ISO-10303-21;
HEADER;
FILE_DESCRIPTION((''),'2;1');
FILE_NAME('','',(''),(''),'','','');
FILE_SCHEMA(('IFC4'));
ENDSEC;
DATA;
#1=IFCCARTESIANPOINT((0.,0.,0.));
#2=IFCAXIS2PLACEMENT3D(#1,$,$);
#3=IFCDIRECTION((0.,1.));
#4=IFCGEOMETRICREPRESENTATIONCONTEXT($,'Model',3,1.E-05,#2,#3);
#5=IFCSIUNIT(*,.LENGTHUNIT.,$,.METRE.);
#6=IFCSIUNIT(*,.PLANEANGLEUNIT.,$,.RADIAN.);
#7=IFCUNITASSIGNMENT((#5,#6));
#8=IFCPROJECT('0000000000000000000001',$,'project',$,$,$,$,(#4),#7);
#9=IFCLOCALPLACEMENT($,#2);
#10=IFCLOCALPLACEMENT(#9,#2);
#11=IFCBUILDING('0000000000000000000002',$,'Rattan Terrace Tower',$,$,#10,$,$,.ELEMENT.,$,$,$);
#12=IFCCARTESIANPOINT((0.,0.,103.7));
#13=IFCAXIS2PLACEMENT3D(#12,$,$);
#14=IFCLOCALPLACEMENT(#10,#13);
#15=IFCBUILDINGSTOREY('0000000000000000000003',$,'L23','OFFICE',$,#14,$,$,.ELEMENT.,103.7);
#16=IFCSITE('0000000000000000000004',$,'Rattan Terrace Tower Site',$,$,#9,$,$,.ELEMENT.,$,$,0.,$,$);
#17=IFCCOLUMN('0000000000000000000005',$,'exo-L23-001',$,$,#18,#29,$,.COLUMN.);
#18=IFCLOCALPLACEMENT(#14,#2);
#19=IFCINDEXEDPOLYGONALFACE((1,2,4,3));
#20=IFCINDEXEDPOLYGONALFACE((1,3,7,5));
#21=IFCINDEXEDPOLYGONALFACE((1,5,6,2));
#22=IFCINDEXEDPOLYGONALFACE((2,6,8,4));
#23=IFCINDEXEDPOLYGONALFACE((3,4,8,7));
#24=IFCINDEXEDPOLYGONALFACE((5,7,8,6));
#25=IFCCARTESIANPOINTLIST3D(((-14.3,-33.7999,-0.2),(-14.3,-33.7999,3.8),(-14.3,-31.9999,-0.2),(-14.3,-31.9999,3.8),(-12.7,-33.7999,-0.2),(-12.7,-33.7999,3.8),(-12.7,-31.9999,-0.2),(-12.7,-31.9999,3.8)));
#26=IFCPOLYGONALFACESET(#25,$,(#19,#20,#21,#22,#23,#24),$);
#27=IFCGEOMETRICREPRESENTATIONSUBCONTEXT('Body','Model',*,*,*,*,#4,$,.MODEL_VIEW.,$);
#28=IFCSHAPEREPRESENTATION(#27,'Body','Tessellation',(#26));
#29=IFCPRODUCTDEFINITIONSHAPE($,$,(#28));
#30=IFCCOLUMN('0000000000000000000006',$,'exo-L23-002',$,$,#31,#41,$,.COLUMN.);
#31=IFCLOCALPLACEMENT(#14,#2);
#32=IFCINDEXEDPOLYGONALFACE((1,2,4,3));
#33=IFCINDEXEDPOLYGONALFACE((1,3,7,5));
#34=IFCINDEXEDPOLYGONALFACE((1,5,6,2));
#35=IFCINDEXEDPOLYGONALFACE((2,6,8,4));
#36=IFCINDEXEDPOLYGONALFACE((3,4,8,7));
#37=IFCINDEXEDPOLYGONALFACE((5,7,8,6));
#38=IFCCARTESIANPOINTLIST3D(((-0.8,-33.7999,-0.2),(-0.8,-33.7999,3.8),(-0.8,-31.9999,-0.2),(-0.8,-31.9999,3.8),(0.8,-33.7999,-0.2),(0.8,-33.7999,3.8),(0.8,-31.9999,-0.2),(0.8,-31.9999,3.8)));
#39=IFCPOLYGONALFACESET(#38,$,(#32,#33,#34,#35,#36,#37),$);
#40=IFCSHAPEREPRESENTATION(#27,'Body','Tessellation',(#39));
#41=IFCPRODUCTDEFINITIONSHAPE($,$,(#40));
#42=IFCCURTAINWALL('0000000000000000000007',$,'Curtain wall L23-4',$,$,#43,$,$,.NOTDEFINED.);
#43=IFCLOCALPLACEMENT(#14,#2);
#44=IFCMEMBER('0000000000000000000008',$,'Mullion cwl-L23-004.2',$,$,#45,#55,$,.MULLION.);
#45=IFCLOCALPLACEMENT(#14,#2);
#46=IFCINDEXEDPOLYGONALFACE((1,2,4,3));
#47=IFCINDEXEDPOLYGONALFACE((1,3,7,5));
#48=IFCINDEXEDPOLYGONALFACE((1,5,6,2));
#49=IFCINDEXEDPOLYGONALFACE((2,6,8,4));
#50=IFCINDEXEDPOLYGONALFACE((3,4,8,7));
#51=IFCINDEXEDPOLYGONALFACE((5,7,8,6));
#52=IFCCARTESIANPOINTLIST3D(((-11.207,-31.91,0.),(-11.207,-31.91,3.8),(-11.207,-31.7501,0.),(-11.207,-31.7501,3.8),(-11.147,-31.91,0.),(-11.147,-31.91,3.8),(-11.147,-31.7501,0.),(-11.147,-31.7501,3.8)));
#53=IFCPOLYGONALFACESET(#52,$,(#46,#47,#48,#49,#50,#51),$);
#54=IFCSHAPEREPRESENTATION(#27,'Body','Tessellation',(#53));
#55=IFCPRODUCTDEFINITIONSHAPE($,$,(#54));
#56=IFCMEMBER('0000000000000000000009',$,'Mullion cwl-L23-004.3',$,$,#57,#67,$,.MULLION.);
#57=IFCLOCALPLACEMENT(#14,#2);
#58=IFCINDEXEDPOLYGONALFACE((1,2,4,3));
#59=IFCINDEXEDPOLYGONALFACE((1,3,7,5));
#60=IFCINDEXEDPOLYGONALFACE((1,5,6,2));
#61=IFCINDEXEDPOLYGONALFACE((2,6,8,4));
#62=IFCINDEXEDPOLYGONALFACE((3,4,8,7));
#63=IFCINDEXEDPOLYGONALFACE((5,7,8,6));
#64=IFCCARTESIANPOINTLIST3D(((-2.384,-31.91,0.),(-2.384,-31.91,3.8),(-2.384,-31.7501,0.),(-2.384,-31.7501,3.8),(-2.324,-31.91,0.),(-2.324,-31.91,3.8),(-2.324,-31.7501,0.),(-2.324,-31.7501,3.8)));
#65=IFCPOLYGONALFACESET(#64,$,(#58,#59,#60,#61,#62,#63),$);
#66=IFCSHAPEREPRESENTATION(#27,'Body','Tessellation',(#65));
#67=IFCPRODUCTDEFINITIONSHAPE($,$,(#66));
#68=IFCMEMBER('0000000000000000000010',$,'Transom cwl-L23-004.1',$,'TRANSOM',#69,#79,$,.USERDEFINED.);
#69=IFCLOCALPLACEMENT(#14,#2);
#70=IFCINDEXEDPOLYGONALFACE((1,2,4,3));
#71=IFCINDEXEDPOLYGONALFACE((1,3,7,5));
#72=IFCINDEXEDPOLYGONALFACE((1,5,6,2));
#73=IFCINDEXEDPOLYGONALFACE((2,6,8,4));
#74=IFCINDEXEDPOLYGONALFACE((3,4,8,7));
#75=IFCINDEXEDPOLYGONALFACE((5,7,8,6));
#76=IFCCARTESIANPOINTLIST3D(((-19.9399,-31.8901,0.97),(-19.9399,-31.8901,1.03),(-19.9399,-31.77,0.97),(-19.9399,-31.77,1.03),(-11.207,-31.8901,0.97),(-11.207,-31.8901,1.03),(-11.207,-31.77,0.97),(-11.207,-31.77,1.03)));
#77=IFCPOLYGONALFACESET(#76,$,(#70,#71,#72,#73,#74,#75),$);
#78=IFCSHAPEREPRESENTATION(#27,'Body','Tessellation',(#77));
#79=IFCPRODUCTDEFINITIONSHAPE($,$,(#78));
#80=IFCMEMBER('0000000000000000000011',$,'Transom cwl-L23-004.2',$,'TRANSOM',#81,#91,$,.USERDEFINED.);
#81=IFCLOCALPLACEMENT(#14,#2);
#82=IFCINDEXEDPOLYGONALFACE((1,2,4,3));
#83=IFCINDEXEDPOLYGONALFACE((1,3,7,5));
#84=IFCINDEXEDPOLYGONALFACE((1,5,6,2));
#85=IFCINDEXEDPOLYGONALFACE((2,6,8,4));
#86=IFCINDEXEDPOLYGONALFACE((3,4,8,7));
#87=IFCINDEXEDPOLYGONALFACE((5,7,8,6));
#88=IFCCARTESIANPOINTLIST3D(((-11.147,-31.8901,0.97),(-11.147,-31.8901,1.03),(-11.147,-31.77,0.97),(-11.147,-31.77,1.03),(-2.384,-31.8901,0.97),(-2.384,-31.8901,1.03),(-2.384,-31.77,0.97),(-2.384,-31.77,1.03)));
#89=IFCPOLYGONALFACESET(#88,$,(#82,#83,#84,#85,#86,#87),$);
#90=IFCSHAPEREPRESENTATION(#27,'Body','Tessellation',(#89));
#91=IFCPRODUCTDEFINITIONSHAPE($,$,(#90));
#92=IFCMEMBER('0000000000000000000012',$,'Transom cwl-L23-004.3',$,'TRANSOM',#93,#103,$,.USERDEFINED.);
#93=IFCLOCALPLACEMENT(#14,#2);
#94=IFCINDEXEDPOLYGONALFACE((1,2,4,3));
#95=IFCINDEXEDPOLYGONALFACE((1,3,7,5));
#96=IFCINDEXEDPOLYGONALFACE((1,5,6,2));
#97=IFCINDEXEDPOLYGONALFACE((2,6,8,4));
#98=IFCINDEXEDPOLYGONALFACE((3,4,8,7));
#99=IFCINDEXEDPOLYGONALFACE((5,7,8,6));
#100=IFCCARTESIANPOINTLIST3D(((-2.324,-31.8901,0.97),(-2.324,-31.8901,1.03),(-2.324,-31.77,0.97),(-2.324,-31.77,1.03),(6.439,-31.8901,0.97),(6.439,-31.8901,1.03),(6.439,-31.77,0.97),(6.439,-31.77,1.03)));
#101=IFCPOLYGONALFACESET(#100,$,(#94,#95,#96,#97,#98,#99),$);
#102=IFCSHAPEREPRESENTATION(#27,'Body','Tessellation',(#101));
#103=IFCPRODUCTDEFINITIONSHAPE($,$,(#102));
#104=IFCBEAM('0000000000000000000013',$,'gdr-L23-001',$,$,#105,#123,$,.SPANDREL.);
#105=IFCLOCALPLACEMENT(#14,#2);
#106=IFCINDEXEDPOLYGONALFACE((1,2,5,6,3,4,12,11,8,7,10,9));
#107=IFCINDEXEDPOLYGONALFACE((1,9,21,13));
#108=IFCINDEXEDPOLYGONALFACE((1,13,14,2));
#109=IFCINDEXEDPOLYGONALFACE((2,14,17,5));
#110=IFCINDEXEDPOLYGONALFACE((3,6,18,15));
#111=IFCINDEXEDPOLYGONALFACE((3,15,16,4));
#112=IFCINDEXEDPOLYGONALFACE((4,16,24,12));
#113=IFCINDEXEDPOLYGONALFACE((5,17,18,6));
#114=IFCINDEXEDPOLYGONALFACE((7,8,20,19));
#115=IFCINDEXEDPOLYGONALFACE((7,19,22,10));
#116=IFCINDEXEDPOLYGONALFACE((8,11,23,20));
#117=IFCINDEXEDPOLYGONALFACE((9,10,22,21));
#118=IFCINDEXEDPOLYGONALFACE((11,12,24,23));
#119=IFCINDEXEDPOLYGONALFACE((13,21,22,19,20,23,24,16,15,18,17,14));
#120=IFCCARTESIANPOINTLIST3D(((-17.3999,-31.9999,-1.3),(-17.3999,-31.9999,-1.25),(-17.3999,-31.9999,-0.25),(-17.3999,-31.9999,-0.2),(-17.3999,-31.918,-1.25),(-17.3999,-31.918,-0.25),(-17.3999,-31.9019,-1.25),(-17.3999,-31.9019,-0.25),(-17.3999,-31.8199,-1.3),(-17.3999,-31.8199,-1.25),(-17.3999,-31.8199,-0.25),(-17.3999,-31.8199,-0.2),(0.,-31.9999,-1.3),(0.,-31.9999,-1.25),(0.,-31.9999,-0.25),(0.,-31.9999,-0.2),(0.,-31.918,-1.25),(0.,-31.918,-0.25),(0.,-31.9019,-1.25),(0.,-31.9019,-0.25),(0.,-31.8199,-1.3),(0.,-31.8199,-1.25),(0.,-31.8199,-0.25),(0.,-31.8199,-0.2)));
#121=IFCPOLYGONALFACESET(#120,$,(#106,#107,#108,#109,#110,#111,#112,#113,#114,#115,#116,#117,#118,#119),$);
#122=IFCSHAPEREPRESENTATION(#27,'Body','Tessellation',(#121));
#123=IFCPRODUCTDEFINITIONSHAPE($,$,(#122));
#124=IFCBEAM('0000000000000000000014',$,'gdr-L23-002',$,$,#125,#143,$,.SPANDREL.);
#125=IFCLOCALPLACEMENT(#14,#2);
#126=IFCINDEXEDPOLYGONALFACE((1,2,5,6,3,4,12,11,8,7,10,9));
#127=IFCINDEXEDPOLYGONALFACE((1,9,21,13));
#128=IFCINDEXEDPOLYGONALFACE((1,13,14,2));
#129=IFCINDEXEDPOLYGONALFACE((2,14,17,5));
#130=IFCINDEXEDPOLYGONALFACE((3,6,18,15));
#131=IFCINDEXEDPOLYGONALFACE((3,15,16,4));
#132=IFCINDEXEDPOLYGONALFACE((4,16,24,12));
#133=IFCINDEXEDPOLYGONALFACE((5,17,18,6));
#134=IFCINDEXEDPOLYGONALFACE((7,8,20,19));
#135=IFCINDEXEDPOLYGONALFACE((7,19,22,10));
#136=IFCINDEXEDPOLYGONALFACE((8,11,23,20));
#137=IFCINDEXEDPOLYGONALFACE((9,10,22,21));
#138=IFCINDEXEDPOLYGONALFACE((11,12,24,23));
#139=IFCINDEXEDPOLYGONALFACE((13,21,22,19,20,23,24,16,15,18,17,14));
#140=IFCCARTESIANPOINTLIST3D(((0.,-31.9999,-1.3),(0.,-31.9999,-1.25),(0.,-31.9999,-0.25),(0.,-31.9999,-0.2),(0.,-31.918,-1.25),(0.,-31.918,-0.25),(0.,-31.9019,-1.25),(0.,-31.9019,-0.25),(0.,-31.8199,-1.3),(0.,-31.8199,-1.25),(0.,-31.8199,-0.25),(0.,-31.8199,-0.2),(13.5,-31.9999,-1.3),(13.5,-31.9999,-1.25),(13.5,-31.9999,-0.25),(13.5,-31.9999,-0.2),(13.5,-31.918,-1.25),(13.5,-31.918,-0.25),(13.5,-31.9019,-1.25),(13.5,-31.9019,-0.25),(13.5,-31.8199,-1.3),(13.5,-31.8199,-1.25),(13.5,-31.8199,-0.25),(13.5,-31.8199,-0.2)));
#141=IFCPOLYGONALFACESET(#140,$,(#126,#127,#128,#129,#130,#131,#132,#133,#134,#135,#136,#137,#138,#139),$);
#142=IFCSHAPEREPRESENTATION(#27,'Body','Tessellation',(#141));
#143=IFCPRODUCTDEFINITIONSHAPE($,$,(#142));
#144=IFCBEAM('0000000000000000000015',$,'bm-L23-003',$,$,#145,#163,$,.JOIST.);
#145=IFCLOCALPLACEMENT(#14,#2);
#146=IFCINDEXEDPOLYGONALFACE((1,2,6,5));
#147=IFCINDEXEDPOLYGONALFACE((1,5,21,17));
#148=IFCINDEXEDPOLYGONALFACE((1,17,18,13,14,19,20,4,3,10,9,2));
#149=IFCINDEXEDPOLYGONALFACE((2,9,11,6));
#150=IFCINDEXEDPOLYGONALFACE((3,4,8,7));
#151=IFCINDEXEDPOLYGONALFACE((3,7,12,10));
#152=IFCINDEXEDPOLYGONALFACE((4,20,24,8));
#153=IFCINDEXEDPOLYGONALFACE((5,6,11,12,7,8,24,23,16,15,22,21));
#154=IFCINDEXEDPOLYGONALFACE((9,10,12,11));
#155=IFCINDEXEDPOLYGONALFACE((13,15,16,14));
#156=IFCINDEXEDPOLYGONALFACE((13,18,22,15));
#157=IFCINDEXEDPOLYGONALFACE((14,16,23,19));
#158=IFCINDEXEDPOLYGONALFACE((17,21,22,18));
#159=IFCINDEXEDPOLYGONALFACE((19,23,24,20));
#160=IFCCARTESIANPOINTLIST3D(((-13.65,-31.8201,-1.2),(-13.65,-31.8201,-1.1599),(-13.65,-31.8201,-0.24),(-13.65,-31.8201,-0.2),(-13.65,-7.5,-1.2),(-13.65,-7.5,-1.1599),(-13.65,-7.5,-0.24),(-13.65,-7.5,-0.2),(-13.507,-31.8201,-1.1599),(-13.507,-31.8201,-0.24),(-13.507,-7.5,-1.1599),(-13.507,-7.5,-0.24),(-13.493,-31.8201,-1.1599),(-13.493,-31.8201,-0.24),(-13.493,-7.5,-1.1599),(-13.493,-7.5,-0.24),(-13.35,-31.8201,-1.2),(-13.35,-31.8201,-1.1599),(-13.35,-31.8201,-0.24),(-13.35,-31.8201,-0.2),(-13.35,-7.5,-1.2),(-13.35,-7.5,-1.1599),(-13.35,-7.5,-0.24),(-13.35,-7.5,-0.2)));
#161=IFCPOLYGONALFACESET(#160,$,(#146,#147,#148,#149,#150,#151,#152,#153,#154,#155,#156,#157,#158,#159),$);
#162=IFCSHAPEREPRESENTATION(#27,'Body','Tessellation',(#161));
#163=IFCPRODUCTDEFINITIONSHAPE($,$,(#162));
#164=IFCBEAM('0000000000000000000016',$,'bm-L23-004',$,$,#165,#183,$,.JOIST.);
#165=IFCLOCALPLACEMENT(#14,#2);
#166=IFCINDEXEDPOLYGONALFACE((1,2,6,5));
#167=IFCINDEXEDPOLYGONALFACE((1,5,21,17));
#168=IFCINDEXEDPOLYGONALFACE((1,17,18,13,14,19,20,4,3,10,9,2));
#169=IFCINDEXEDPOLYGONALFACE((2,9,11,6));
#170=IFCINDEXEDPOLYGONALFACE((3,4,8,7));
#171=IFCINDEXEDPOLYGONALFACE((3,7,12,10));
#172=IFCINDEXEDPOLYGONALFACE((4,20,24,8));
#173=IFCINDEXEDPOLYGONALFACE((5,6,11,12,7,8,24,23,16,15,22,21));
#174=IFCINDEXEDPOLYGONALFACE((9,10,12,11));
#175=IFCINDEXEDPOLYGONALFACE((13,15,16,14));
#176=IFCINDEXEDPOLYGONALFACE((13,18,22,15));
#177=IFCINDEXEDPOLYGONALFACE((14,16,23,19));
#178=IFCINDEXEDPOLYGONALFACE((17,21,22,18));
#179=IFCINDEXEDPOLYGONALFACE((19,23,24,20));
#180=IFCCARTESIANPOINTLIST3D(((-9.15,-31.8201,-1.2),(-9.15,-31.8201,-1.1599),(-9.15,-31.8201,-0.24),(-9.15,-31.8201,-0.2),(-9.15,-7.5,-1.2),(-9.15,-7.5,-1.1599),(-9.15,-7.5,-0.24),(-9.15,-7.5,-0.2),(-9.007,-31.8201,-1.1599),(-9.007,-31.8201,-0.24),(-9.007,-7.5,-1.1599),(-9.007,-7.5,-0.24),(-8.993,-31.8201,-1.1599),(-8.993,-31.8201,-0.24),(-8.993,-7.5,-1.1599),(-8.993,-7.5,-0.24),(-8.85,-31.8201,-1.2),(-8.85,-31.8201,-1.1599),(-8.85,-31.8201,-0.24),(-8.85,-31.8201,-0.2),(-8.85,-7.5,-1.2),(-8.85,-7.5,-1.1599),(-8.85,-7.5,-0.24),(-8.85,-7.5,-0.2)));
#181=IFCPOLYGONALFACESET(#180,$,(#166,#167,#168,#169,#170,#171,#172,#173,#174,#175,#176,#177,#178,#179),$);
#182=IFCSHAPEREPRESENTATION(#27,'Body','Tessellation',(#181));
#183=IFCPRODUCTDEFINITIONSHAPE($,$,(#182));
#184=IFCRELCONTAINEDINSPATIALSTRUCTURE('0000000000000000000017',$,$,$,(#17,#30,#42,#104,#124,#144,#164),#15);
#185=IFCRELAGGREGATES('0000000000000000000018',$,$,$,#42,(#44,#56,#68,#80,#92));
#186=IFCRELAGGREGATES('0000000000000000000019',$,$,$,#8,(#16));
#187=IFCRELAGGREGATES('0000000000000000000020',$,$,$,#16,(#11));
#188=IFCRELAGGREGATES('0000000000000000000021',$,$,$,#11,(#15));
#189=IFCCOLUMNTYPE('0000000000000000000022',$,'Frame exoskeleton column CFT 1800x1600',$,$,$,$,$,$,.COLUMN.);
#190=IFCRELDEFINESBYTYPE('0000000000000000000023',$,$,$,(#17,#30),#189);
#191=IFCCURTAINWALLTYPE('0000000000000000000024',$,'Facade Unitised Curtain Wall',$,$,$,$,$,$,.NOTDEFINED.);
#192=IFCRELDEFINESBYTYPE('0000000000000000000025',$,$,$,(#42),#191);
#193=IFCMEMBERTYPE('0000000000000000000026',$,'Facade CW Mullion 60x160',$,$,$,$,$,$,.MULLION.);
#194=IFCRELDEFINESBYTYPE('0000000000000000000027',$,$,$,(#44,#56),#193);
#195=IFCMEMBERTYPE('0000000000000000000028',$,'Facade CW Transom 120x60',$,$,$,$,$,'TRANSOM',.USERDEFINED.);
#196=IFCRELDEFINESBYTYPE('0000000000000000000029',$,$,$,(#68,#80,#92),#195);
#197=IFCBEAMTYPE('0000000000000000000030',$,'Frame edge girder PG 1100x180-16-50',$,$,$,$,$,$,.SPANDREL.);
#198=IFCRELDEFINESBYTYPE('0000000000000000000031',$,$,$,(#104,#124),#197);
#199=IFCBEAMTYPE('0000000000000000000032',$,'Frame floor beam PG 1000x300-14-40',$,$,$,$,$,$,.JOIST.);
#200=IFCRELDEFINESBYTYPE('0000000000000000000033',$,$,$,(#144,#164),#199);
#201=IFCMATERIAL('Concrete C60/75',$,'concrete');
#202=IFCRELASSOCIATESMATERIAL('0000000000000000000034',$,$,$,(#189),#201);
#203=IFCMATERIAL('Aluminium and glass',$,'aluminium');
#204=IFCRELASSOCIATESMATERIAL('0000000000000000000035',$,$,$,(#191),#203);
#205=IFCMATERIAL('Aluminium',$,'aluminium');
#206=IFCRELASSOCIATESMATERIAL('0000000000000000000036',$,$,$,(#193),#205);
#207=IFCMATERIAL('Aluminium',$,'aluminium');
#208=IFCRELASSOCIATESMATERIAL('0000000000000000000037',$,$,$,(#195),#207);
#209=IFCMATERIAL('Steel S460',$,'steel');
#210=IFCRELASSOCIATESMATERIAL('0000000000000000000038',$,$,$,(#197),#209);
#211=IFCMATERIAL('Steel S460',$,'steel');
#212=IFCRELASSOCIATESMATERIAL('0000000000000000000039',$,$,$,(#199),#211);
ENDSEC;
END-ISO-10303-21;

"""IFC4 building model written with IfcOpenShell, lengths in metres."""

from ifc_helpers import new_model, si_unit, direction, frame, origin, origin_2d, place, context, subcontext, project, spatial, rectangle, i_section, extrude, material, material_profile, profile_set, type_object, element, aggregate, save


model = new_model("IFC4")

# Units and contexts
model_context = context("Model", 3, precision=1e-05, world=origin(), true_north=direction((0.0, 1.0)))
body_context = subcontext(model_context, "Body", "Model", "MODEL_VIEW")
ifc_project = project(units=[si_unit("LENGTHUNIT", "METRE"), si_unit("PLANEANGLEUNIT", "RADIAN")], contexts=[model_context])

# Site, building, storey
site_placement = place(None, origin())
site = spatial("IfcSite", under=ifc_project, at=site_placement, Name="Rattan Terrace Tower Site", CompositionType="ELEMENT", RefElevation=0.0)
building_placement = place(site_placement, origin())
building = spatial("IfcBuilding", under=site, at=building_placement, Name="Rattan Terrace Tower", CompositionType="ELEMENT")
storey_placement = place(building_placement, frame((0.0, 0.0, 103.7)))
storey = spatial("IfcBuildingStorey", under=building, at=storey_placement, Name="L23", Description="OFFICE", CompositionType="ELEMENT", Elevation=103.7)

# Columns
ifc_material_1 = material(Name="Concrete C60/75", Category="concrete")
ifc_material_profile_1 = material_profile(ifc_material_1, rectangle(XDim=1.6001, YDim=1.8, at=origin_2d()), Name="CFT 1800x1600")
ifc_profile_set_1 = profile_set([ifc_material_profile_1], Name="Concrete C60/75")
column_type = type_object("IfcColumnType", Name="Frame exoskeleton column CFT 1800x1600", PredefinedType="COLUMN", material=ifc_profile_set_1)
for number, where, z_axis, x_axis, name in (
    (1, (-13.5, -32.8999, -0.2), (0.0, 0.0, 1.0), (1.0, 0.0, 0.0), "exo-L23-001"),
    (2, (0.0, -32.8999, -0.2), (0.0, 0.0, 1.0), (1.0, 0.0, 0.0), "exo-L23-002"),
):
    element("IfcColumn", number, at=place(storey_placement, frame(where, z_axis=z_axis, x_axis=x_axis)), inside=storey, type_object=column_type, Name=name, PredefinedType="COLUMN", context=body_context, shape_type="SweptSolid", body=[
        extrude(rectangle(XDim=1.6001, YDim=1.8, at=origin_2d()), origin(), (0.0, 0.0, 1.0), 4.0),
    ])

# Curtain wall, members
ifc_material_2 = material(Name="Aluminium and glass", Category="aluminium")
curtain_wall_type = type_object("IfcCurtainWallType", Name="Facade Unitised Curtain Wall", PredefinedType="NOTDEFINED", material=ifc_material_2)
curtain_wall_placement = place(storey_placement, origin())
curtain_wall = element("IfcCurtainWall", 3, at=curtain_wall_placement, inside=storey, type_object=curtain_wall_type, Name="Curtain wall L23-4", PredefinedType="NOTDEFINED")
ifc_material_3 = material(Name="Aluminium", Category="aluminium")
ifc_material_profile_2 = material_profile(ifc_material_3, rectangle(XDim=0.0601, YDim=0.1599, at=origin_2d()), Name="Aluminium 60x160")
ifc_profile_set_2 = profile_set([ifc_material_profile_2], Name="Aluminium")
member_type_1 = type_object("IfcMemberType", Name="Facade CW Mullion 60x160", PredefinedType="MULLION", material=ifc_profile_set_2)
member_1_placement = place(storey_placement, frame((-11.177, -31.8301, 0.0), z_axis=(0.0, 0.0, 1.0), x_axis=(1.0, 0.0, 0.0)))
member_1 = element("IfcMember", 4, at=member_1_placement, type_object=member_type_1, Name="Mullion cwl-L23-004.2", PredefinedType="MULLION", context=body_context, shape_type="SweptSolid", body=[
    extrude(rectangle(XDim=0.0601, YDim=0.1599, at=origin_2d()), origin(), (0.0, 0.0, 1.0), 3.8),
])
member_2_placement = place(storey_placement, frame((-2.354, -31.8301, 0.0), z_axis=(0.0, 0.0, 1.0), x_axis=(1.0, 0.0, 0.0)))
member_2 = element("IfcMember", 5, at=member_2_placement, type_object=member_type_1, Name="Mullion cwl-L23-004.3", PredefinedType="MULLION", context=body_context, shape_type="SweptSolid", body=[
    extrude(rectangle(XDim=0.0601, YDim=0.1599, at=origin_2d()), origin(), (0.0, 0.0, 1.0), 3.8),
])
ifc_material_4 = material(Name="Aluminium", Category="aluminium")
ifc_material_profile_3 = material_profile(ifc_material_4, rectangle(XDim=0.1201, YDim=0.0601, at=origin_2d()), Name="Aluminium 120x60")
ifc_profile_set_3 = profile_set([ifc_material_profile_3], Name="Aluminium")
member_type_2 = type_object("IfcMemberType", Name="Facade CW Transom 120x60", ElementType="TRANSOM", PredefinedType="USERDEFINED", material=ifc_profile_set_3)
member_3_placement = place(storey_placement, frame((-19.9399, -31.8301, 1.0), z_axis=(1.0, 0.0, 0.0), x_axis=(0.0, 1.0, 0.0)))
member_3 = element("IfcMember", 6, at=member_3_placement, type_object=member_type_2, Name="Transom cwl-L23-004.1", ObjectType="TRANSOM", PredefinedType="USERDEFINED", context=body_context, shape_type="SweptSolid", body=[
    extrude(rectangle(XDim=0.1201, YDim=0.0601, at=origin_2d()), origin(), (0.0, 0.0, 1.0), 8.7329),
])
member_4_placement = place(storey_placement, frame((-11.147, -31.8301, 1.0), z_axis=(1.0, 0.0, 0.0), x_axis=(0.0, 1.0, 0.0)))
member_4 = element("IfcMember", 7, at=member_4_placement, type_object=member_type_2, Name="Transom cwl-L23-004.2", ObjectType="TRANSOM", PredefinedType="USERDEFINED", context=body_context, shape_type="SweptSolid", body=[
    extrude(rectangle(XDim=0.1201, YDim=0.0601, at=origin_2d()), origin(), (0.0, 0.0, 1.0), 8.7629),
])
member_5_placement = place(storey_placement, frame((-2.324, -31.8301, 1.0), z_axis=(1.0, 0.0, 0.0), x_axis=(0.0, 1.0, 0.0)))
member_5 = element("IfcMember", 8, at=member_5_placement, type_object=member_type_2, Name="Transom cwl-L23-004.3", ObjectType="TRANSOM", PredefinedType="USERDEFINED", context=body_context, shape_type="SweptSolid", body=[
    extrude(rectangle(XDim=0.1201, YDim=0.0601, at=origin_2d()), origin(), (0.0, 0.0, 1.0), 8.7629),
])

# Beams
ifc_material_5 = material(Name="Steel S460", Category="steel")
ifc_material_profile_4 = material_profile(ifc_material_5, i_section(OverallWidth=0.1799, OverallDepth=1.1001, WebThickness=0.0161, FlangeThickness=0.05, at=origin_2d()), Name="PG 1100x180-16-50")
ifc_profile_set_4 = profile_set([ifc_material_profile_4], Name="Steel S460")
beam_type_1 = type_object("IfcBeamType", Name="Frame edge girder PG 1100x180-16-50", PredefinedType="SPANDREL", material=ifc_profile_set_4)
beam_1_placement = place(storey_placement, frame((-17.3999, -31.9099, -0.75), z_axis=(1.0, 0.0, 0.0), x_axis=(0.0, 1.0, 0.0)))
element("IfcBeam", 9, at=beam_1_placement, inside=storey, type_object=beam_type_1, Name="gdr-L23-001", PredefinedType="SPANDREL", context=body_context, shape_type="SweptSolid", body=[
    extrude(i_section(OverallWidth=0.1799, OverallDepth=1.1001, WebThickness=0.0161, FlangeThickness=0.05, at=origin_2d()), origin(), (0.0, 0.0, 1.0), 17.3999),
])
beam_2_placement = place(storey_placement, frame((0.0, -31.9099, -0.75), z_axis=(1.0, 0.0, 0.0), x_axis=(0.0, 1.0, 0.0)))
element("IfcBeam", 10, at=beam_2_placement, inside=storey, type_object=beam_type_1, Name="gdr-L23-002", PredefinedType="SPANDREL", context=body_context, shape_type="SweptSolid", body=[
    extrude(i_section(OverallWidth=0.1799, OverallDepth=1.1001, WebThickness=0.0161, FlangeThickness=0.05, at=origin_2d()), origin(), (0.0, 0.0, 1.0), 13.5),
])
ifc_material_6 = material(Name="Steel S460", Category="steel")
ifc_material_profile_5 = material_profile(ifc_material_6, i_section(OverallWidth=0.3, OverallDepth=1.0, WebThickness=0.0139, FlangeThickness=0.04, at=origin_2d()), Name="PG 1000x300-14-40")
ifc_profile_set_5 = profile_set([ifc_material_profile_5], Name="Steel S460")
beam_type_2 = type_object("IfcBeamType", Name="Frame floor beam PG 1000x300-14-40", PredefinedType="JOIST", material=ifc_profile_set_5)
for number, where, z_axis, x_axis, name in (
    (11, (-13.5, -31.8201, -0.7), (0.0, 1.0, 0.0), (-1.0, 0.0, 0.0), "bm-L23-003"),
    (12, (-9.0, -31.8201, -0.7), (0.0, 1.0, 0.0), (-1.0, 0.0, 0.0), "bm-L23-004"),
):
    element("IfcBeam", number, at=place(storey_placement, frame(where, z_axis=z_axis, x_axis=x_axis)), inside=storey, type_object=beam_type_2, Name=name, PredefinedType="JOIST", context=body_context, shape_type="SweptSolid", body=[
        extrude(i_section(OverallWidth=0.3, OverallDepth=1.0, WebThickness=0.0139, FlangeThickness=0.04, at=origin_2d()), origin(), (0.0, 0.0, 1.0), 24.3201),
    ])

aggregate(curtain_wall, [member_1, member_2, member_3, member_4, member_5])

save(model, "model.ifc")
